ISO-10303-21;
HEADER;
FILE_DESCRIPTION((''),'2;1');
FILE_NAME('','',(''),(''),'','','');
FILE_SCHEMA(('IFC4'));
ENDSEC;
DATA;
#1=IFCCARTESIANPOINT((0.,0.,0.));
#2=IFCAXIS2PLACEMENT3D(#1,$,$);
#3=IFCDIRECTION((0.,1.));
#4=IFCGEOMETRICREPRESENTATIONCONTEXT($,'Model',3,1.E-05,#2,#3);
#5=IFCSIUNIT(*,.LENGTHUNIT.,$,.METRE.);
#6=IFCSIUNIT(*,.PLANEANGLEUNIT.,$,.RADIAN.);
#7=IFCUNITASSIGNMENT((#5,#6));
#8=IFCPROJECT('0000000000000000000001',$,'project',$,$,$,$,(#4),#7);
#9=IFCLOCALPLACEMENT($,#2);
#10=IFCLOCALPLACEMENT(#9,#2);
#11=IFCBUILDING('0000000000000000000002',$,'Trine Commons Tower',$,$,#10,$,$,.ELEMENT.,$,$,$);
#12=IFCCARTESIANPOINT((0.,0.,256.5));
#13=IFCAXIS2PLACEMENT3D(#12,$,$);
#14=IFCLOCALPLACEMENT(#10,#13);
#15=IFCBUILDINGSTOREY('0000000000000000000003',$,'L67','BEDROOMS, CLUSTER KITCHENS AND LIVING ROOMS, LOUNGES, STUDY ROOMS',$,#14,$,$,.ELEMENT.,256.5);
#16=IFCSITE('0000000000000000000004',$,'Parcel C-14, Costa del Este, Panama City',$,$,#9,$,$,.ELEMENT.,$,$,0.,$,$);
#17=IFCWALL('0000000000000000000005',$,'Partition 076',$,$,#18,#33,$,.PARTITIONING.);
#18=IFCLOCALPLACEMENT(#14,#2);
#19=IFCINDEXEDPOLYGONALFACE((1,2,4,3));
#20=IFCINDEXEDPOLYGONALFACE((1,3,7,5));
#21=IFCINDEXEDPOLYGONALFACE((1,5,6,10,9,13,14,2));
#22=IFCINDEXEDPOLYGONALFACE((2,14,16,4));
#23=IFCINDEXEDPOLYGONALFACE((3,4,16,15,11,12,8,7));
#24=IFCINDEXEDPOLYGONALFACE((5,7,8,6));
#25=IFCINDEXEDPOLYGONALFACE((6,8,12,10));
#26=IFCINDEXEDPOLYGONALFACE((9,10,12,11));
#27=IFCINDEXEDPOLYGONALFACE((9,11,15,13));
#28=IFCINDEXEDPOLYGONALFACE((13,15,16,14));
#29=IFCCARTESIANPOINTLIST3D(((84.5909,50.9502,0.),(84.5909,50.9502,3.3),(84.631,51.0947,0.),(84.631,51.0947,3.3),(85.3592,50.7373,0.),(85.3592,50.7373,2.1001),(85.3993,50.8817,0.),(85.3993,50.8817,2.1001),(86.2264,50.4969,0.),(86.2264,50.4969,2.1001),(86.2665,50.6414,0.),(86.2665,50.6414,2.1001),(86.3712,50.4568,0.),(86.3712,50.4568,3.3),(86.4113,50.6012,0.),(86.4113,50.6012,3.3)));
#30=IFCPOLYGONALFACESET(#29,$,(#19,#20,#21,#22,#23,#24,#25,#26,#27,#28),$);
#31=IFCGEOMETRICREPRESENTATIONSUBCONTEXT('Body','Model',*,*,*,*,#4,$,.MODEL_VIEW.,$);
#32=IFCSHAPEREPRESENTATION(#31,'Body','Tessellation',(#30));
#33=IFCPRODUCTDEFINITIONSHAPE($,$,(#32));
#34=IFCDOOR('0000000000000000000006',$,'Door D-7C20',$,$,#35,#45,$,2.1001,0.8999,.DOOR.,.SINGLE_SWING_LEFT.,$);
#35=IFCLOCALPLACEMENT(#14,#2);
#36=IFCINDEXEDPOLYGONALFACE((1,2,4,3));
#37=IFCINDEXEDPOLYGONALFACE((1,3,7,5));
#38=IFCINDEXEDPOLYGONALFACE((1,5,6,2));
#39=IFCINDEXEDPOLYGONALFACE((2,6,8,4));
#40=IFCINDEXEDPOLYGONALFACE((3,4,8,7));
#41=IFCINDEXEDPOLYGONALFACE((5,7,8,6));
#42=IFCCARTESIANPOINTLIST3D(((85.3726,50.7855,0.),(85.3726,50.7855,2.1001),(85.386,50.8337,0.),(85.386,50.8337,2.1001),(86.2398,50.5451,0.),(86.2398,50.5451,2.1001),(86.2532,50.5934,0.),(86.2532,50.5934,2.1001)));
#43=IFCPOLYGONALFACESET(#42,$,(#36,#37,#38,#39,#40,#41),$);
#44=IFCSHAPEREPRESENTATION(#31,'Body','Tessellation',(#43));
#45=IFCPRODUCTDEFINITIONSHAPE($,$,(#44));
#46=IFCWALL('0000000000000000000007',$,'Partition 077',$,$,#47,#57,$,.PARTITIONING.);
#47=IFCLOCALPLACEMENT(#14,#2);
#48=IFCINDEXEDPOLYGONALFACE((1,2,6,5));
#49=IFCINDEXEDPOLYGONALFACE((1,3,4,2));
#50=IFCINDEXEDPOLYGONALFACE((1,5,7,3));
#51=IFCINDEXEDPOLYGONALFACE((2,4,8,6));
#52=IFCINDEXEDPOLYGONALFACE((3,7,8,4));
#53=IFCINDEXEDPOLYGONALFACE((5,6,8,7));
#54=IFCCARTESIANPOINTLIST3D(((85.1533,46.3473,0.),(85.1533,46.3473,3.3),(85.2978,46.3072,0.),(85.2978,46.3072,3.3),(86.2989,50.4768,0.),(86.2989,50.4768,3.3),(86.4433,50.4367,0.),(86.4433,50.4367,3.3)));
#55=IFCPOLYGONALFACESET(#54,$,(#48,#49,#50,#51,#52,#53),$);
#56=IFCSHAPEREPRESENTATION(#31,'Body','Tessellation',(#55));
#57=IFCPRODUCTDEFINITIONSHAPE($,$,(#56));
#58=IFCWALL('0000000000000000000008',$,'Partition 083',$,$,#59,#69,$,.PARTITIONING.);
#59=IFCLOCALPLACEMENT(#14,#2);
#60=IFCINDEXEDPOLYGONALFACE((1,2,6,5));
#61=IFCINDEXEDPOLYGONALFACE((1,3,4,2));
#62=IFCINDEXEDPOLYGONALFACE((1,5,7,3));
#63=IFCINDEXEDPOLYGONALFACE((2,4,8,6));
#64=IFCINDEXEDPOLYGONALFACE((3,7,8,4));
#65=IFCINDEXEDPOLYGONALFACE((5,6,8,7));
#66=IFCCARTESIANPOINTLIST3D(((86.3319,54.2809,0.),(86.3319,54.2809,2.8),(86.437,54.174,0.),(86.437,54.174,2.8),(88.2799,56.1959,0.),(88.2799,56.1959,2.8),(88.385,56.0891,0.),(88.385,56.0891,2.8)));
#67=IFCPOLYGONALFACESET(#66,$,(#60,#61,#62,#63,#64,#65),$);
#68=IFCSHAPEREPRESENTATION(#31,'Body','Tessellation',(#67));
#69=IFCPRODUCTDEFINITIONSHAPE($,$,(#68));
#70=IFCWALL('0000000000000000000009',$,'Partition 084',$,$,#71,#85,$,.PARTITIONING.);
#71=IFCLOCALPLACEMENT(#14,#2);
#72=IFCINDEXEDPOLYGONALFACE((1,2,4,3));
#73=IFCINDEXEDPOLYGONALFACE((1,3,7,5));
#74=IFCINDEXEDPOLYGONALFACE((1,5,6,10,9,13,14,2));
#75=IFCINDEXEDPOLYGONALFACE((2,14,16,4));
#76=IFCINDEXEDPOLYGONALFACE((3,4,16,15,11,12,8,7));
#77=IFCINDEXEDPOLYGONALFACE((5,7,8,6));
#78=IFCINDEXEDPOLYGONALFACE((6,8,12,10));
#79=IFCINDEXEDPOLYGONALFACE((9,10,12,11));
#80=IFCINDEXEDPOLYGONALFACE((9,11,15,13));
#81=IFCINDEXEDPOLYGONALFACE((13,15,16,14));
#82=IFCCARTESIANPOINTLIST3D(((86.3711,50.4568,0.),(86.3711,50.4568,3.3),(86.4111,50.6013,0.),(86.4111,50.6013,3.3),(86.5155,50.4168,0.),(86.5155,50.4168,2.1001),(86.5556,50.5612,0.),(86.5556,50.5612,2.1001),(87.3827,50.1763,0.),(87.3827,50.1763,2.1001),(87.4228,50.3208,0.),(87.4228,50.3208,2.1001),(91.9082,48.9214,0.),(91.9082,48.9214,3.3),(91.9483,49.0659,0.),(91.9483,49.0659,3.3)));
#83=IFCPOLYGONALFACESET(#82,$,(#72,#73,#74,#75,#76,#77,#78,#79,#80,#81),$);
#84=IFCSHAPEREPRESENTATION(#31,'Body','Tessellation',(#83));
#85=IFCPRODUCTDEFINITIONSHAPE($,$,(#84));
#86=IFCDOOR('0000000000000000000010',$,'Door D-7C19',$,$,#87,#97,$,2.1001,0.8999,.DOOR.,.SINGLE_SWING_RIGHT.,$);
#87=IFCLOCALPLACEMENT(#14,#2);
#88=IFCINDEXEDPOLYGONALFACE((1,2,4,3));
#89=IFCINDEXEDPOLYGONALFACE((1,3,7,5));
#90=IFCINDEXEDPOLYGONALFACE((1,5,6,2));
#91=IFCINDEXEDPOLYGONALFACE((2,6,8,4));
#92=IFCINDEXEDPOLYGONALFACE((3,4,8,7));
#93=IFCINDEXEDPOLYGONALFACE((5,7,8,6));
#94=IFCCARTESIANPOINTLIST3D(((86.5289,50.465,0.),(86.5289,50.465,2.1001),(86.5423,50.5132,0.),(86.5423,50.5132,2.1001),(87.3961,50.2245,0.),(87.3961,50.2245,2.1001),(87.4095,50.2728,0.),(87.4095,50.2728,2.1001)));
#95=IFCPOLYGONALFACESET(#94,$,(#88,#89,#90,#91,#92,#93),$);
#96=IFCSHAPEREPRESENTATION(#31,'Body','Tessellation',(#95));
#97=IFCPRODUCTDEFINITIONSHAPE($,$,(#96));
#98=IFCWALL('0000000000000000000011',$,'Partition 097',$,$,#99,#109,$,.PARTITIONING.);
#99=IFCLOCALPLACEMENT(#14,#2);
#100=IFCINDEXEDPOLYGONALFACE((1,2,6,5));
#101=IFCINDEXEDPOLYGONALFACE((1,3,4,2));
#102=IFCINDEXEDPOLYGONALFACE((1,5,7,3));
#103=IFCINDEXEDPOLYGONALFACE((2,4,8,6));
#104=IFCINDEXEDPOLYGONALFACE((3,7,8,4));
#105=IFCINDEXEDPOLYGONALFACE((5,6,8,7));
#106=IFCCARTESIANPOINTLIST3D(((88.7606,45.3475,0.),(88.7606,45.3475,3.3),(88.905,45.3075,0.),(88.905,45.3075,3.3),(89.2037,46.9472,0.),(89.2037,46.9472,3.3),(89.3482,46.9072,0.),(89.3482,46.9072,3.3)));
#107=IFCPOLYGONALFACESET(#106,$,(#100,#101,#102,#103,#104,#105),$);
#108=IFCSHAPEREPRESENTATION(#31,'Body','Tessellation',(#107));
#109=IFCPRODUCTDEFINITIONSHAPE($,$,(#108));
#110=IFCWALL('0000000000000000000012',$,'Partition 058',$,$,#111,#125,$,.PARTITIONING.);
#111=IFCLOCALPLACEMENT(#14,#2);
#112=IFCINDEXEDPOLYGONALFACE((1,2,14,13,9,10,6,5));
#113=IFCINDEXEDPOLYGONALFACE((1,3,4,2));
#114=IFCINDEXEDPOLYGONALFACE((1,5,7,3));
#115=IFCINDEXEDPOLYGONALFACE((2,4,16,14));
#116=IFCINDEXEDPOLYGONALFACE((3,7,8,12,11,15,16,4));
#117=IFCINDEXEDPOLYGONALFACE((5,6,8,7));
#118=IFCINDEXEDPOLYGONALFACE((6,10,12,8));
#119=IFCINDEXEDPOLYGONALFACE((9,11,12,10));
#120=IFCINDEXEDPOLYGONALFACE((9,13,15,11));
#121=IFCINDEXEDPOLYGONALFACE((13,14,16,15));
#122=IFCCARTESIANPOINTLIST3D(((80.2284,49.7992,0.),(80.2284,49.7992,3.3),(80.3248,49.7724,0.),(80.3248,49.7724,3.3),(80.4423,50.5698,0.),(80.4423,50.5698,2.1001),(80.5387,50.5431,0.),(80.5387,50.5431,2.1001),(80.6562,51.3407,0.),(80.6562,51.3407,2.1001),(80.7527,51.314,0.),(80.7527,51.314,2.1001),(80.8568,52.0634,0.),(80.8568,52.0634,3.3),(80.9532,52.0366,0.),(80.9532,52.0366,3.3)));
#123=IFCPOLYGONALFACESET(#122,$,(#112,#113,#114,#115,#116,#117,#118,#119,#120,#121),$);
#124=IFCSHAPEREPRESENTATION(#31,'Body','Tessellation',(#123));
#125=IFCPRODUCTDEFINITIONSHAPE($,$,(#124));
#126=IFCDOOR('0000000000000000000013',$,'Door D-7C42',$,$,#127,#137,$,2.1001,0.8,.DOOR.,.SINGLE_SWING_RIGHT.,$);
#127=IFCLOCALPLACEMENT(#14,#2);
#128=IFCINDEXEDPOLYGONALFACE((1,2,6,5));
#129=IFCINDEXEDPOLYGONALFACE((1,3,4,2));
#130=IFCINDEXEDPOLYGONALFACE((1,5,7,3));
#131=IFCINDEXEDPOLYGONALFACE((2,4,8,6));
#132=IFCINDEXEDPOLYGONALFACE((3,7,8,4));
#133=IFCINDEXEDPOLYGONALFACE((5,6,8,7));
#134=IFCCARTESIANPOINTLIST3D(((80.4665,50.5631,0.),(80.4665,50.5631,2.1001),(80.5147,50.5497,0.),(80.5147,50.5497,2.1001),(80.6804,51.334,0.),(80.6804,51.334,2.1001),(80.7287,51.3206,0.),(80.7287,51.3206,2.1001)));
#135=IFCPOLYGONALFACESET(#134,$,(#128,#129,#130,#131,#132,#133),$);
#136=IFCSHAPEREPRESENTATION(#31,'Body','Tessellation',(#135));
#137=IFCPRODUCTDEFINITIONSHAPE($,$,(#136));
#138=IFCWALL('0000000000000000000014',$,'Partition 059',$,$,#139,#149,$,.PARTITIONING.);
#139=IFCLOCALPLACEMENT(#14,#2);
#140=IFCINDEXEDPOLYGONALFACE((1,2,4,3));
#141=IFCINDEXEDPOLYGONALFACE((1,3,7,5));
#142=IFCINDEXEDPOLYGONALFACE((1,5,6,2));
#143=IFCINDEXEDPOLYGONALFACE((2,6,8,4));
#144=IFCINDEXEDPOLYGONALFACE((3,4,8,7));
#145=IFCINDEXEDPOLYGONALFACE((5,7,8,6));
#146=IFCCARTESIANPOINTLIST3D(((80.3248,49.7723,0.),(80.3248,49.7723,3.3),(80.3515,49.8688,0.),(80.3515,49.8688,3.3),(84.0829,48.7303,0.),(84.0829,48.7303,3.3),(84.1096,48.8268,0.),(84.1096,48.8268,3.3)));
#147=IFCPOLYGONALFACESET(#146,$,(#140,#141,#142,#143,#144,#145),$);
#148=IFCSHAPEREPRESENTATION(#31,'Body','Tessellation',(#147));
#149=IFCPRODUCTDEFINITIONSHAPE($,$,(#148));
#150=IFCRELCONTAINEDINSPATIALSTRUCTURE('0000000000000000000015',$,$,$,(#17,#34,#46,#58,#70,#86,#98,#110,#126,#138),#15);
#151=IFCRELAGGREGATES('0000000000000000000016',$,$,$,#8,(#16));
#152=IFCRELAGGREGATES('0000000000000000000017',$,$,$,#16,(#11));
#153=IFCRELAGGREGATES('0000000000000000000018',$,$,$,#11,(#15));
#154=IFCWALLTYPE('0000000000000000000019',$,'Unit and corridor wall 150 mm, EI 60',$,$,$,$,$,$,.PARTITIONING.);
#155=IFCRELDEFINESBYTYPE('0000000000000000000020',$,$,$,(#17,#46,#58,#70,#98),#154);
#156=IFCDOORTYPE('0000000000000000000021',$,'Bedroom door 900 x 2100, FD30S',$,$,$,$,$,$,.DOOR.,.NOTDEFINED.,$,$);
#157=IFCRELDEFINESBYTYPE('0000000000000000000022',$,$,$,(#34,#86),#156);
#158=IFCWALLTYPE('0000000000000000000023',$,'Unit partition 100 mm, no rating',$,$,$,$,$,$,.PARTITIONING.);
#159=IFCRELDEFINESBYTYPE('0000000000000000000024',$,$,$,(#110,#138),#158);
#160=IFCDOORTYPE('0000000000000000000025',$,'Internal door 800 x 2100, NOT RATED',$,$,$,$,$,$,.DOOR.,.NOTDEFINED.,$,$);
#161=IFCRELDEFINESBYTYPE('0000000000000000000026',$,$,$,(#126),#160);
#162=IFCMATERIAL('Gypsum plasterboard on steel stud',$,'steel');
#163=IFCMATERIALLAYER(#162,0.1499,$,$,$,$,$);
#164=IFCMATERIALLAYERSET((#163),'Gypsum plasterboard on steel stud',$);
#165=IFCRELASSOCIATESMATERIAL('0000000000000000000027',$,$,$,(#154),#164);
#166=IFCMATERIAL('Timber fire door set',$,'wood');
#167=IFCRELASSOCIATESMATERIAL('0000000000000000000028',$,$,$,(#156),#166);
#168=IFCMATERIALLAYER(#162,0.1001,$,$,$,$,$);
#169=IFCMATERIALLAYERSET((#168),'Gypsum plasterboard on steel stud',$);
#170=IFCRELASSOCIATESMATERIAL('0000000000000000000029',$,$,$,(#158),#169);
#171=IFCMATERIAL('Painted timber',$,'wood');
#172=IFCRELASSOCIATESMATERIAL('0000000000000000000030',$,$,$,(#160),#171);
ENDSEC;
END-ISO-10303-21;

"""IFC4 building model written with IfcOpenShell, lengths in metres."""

from ifc_helpers import new_model, si_unit, direction, frame, frame_2d, origin, place, context, subcontext, project, spatial, rectangle, extrude, material, layer, layer_set, type_object, element, fill, save


model = new_model("IFC4")

# Units and contexts
model_context = context("Model", 3, precision=1e-05, world=origin(), true_north=direction((0.0, 1.0)))
body_context = subcontext(model_context, "Body", "Model", "MODEL_VIEW")
ifc_project = project(units=[si_unit("LENGTHUNIT", "METRE"), si_unit("PLANEANGLEUNIT", "RADIAN")], contexts=[model_context])

# Site, building, storey
site_placement = place(None, origin())
site = spatial("IfcSite", under=ifc_project, at=site_placement, Name="Parcel C-14, Costa del Este, Panama City", CompositionType="ELEMENT", RefElevation=0.0)
building_placement = place(site_placement, origin())
building = spatial("IfcBuilding", under=site, at=building_placement, Name="Trine Commons Tower", CompositionType="ELEMENT")
storey_placement = place(building_placement, frame((0.0, 0.0, 256.5)))
storey = spatial("IfcBuildingStorey", under=building, at=storey_placement, Name="L67", Description="BEDROOMS, CLUSTER KITCHENS AND LIVING ROOMS, LOUNGES, STUDY ROOMS", CompositionType="ELEMENT", Elevation=256.5)

# Shared definitions
ifc_material_1 = material(Name="Gypsum plasterboard on steel stud", Category="steel")
ifc_layer_1 = layer(ifc_material_1, 0.1499)
ifc_layer_set_1 = layer_set([ifc_layer_1], Name="Gypsum plasterboard on steel stud")
wall_type_1 = type_object("IfcWallType", Name="Unit and corridor wall 150 mm, EI 60", PredefinedType="PARTITIONING", material=ifc_layer_set_1)

# Wall, opening, door
ifc_material_2 = material(Name="Timber fire door set", Category="wood")
wall_1_placement = place(storey_placement, frame((84.6108, 51.0225, 0.0), z_axis=(0.0, 0.0, 1.0), x_axis=(0.963673, -0.267085, 0.0)))
wall_1 = element("IfcWall", 1, at=wall_1_placement, inside=storey, type_object=wall_type_1, Name="Partition 076", PredefinedType="PARTITIONING", context=body_context, shape_type="SweptSolid", body=[
    extrude(rectangle(XDim=1.8474, YDim=0.1499, at=frame_2d((0.9238, 0.0))), origin(), (0.0, 0.0, 1.0), 3.3),
])
opening_1_placement = place(wall_1_placement, frame((0.7974, 0.0, 0.0)))
opening_1 = element("IfcOpeningElement", 2, at=opening_1_placement, cuts=wall_1, PredefinedType="OPENING", context=body_context, shape_type="SweptSolid", body=[
    extrude(rectangle(XDim=0.8999, YDim=2.1001, at=frame_2d((0.45, 1.05))), frame((0.0, 0.085, 0.0), z_axis=(0.0, -1.0, 0.0), x_axis=(1.0, 0.0, 0.0)), (0.0, 0.0, 1.0), 0.1699),
])
door_type_1 = type_object("IfcDoorType", Name="Bedroom door 900 x 2100, FD30S", OperationType="NOTDEFINED", PredefinedType="DOOR", material=ifc_material_2)
door_1_placement = place(opening_1_placement, frame((0.8999, 0.0, 0.0), z_axis=(0.0, 0.0, 1.0), x_axis=(-1.0, 0.0, 0.0)))
door_1 = element("IfcDoor", 3, at=door_1_placement, inside=storey, type_object=door_type_1, Name="Door D-7C20", OperationType="SINGLE_SWING_LEFT", OverallHeight=2.1001, OverallWidth=0.8999, PredefinedType="DOOR", context=body_context, shape_type="SweptSolid", body=[
    extrude(rectangle(XDim=0.8999, YDim=2.1001, at=frame_2d((0.45, 1.05))), frame((0.0, 0.0249, 0.0), z_axis=(0.0, -1.0, 0.0), x_axis=(1.0, 0.0, 0.0)), (0.0, 0.0, 1.0), 0.05),
])
fill(opening_1, door_1)

# Walls
wall_2_placement = place(storey_placement, frame((85.2256, 46.3274, 0.0), z_axis=(0.0, 0.0, 1.0), x_axis=(0.267309, 0.963611, 0.0)))
element("IfcWall", 4, at=wall_2_placement, inside=storey, type_object=wall_type_1, Name="Partition 077", PredefinedType="PARTITIONING", context=body_context, shape_type="SweptSolid", body=[
    extrude(rectangle(XDim=4.2854, YDim=0.1499, at=frame_2d((2.1426, 0.0))), origin(), (0.0, 0.0, 1.0), 3.3),
])
wall_3_placement = place(storey_placement, frame((86.3845, 54.2275, 0.0), z_axis=(0.0, 0.0, 1.0), x_axis=(0.713114, 0.701048, 0.0)))
element("IfcWall", 5, at=wall_3_placement, inside=storey, type_object=wall_type_1, Name="Partition 083", PredefinedType="PARTITIONING", context=body_context, shape_type="SweptSolid", body=[
    extrude(rectangle(XDim=2.7317, YDim=0.1499, at=frame_2d((1.3657, 0.0))), origin(), (0.0, 0.0, 1.0), 2.8),
])

# Wall, opening, door
wall_4_placement = place(storey_placement, frame((86.3911, 50.5291, 0.0), z_axis=(0.0, 0.0, 1.0), x_axis=(0.963638, -0.26721, 0.0)))
wall_4 = element("IfcWall", 6, at=wall_4_placement, inside=storey, type_object=wall_type_1, Name="Partition 084", PredefinedType="PARTITIONING", context=body_context, shape_type="SweptSolid", body=[
    extrude(rectangle(XDim=5.7461, YDim=0.1499, at=frame_2d((2.873, 0.0))), origin(), (0.0, 0.0, 1.0), 3.3),
])
opening_2_placement = place(wall_4_placement, frame((0.1499, 0.0, 0.0)))
opening_2 = element("IfcOpeningElement", 7, at=opening_2_placement, cuts=wall_4, PredefinedType="OPENING", context=body_context, shape_type="SweptSolid", body=[
    extrude(rectangle(XDim=0.8999, YDim=2.1001, at=frame_2d((0.45, 1.05))), frame((0.0, 0.085, 0.0), z_axis=(0.0, -1.0, 0.0), x_axis=(1.0, 0.0, 0.0)), (0.0, 0.0, 1.0), 0.1699),
])
door_2_placement = place(opening_2_placement, frame((0.8999, 0.0, 0.0), z_axis=(0.0, 0.0, 1.0), x_axis=(-1.0, 0.0, 0.0)))
door_2 = element("IfcDoor", 8, at=door_2_placement, inside=storey, type_object=door_type_1, Name="Door D-7C19", OperationType="SINGLE_SWING_RIGHT", OverallHeight=2.1001, OverallWidth=0.8999, PredefinedType="DOOR", context=body_context, shape_type="SweptSolid", body=[
    extrude(rectangle(XDim=0.8999, YDim=2.1001, at=frame_2d((0.45, 1.05))), frame((0.0, 0.0249, 0.0), z_axis=(0.0, -1.0, 0.0), x_axis=(1.0, 0.0, 0.0)), (0.0, 0.0, 1.0), 0.05),
])
fill(opening_2, door_2)

# Wall
wall_5_placement = place(storey_placement, frame((88.8328, 45.3274, 0.0), z_axis=(0.0, 0.0, 1.0), x_axis=(0.266961, 0.963707, 0.0)))
element("IfcWall", 9, at=wall_5_placement, inside=storey, type_object=wall_type_1, Name="Partition 097", PredefinedType="PARTITIONING", context=body_context, shape_type="SweptSolid", body=[
    extrude(rectangle(XDim=1.6599, YDim=0.1499, at=frame_2d((0.8301, 0.0))), origin(), (0.0, 0.0, 1.0), 3.3),
])

# Wall, opening, door
ifc_layer_2 = layer(ifc_material_1, 0.1001)
ifc_layer_set_2 = layer_set([ifc_layer_2], Name="Gypsum plasterboard on steel stud")
wall_type_2 = type_object("IfcWallType", Name="Unit partition 100 mm, no rating", PredefinedType="PARTITIONING", material=ifc_layer_set_2)
wall_6_placement = place(storey_placement, frame((80.2766, 49.7859, 0.0), z_axis=(0.0, 0.0, 1.0), x_axis=(0.26744, 0.963574, 0.0)))
wall_6 = element("IfcWall", 10, at=wall_6_placement, inside=storey, type_object=wall_type_2, Name="Partition 058", PredefinedType="PARTITIONING", context=body_context, shape_type="SweptSolid", body=[
    extrude(rectangle(XDim=2.3499, YDim=0.1001, at=frame_2d((1.1748, 0.0))), origin(), (0.0, 0.0, 1.0), 3.3),
])
opening_3_placement = place(wall_6_placement, frame((0.7998, 0.0, 0.0)))
opening_3 = element("IfcOpeningElement", 11, at=opening_3_placement, cuts=wall_6, PredefinedType="OPENING", context=body_context, shape_type="SweptSolid", body=[
    extrude(rectangle(XDim=0.8, YDim=2.1001, at=frame_2d((0.3999, 1.05))), frame((0.0, 0.0601, 0.0), z_axis=(0.0, -1.0, 0.0), x_axis=(1.0, 0.0, 0.0)), (0.0, 0.0, 1.0), 0.1201),
])
ifc_material_3 = material(Name="Painted timber", Category="wood")
door_type_2 = type_object("IfcDoorType", Name="Internal door 800 x 2100, NOT RATED", OperationType="NOTDEFINED", PredefinedType="DOOR", material=ifc_material_3)
door_3_placement = place(opening_3_placement, origin())
door_3 = element("IfcDoor", 12, at=door_3_placement, inside=storey, type_object=door_type_2, Name="Door D-7C42", OperationType="SINGLE_SWING_RIGHT", OverallHeight=2.1001, OverallWidth=0.8, PredefinedType="DOOR", context=body_context, shape_type="SweptSolid", body=[
    extrude(rectangle(XDim=0.8, YDim=2.1001, at=frame_2d((0.3999, 1.05))), frame((0.0, 0.0249, 0.0), z_axis=(0.0, -1.0, 0.0), x_axis=(1.0, 0.0, 0.0)), (0.0, 0.0, 1.0), 0.05),
])
fill(opening_3, door_3)

# Wall
wall_7_placement = place(storey_placement, frame((80.3381, 49.8206, 0.0), z_axis=(0.0, 0.0, 1.0), x_axis=(0.963644, -0.267189, 0.0)))
element("IfcWall", 13, at=wall_7_placement, inside=storey, type_object=wall_type_2, Name="Partition 059", PredefinedType="PARTITIONING", context=body_context, shape_type="SweptSolid", body=[
    extrude(rectangle(XDim=3.8999, YDim=0.1001, at=frame_2d((1.95, 0.0))), origin(), (0.0, 0.0, 1.0), 3.3),
])

save(model, "model.ifc")
